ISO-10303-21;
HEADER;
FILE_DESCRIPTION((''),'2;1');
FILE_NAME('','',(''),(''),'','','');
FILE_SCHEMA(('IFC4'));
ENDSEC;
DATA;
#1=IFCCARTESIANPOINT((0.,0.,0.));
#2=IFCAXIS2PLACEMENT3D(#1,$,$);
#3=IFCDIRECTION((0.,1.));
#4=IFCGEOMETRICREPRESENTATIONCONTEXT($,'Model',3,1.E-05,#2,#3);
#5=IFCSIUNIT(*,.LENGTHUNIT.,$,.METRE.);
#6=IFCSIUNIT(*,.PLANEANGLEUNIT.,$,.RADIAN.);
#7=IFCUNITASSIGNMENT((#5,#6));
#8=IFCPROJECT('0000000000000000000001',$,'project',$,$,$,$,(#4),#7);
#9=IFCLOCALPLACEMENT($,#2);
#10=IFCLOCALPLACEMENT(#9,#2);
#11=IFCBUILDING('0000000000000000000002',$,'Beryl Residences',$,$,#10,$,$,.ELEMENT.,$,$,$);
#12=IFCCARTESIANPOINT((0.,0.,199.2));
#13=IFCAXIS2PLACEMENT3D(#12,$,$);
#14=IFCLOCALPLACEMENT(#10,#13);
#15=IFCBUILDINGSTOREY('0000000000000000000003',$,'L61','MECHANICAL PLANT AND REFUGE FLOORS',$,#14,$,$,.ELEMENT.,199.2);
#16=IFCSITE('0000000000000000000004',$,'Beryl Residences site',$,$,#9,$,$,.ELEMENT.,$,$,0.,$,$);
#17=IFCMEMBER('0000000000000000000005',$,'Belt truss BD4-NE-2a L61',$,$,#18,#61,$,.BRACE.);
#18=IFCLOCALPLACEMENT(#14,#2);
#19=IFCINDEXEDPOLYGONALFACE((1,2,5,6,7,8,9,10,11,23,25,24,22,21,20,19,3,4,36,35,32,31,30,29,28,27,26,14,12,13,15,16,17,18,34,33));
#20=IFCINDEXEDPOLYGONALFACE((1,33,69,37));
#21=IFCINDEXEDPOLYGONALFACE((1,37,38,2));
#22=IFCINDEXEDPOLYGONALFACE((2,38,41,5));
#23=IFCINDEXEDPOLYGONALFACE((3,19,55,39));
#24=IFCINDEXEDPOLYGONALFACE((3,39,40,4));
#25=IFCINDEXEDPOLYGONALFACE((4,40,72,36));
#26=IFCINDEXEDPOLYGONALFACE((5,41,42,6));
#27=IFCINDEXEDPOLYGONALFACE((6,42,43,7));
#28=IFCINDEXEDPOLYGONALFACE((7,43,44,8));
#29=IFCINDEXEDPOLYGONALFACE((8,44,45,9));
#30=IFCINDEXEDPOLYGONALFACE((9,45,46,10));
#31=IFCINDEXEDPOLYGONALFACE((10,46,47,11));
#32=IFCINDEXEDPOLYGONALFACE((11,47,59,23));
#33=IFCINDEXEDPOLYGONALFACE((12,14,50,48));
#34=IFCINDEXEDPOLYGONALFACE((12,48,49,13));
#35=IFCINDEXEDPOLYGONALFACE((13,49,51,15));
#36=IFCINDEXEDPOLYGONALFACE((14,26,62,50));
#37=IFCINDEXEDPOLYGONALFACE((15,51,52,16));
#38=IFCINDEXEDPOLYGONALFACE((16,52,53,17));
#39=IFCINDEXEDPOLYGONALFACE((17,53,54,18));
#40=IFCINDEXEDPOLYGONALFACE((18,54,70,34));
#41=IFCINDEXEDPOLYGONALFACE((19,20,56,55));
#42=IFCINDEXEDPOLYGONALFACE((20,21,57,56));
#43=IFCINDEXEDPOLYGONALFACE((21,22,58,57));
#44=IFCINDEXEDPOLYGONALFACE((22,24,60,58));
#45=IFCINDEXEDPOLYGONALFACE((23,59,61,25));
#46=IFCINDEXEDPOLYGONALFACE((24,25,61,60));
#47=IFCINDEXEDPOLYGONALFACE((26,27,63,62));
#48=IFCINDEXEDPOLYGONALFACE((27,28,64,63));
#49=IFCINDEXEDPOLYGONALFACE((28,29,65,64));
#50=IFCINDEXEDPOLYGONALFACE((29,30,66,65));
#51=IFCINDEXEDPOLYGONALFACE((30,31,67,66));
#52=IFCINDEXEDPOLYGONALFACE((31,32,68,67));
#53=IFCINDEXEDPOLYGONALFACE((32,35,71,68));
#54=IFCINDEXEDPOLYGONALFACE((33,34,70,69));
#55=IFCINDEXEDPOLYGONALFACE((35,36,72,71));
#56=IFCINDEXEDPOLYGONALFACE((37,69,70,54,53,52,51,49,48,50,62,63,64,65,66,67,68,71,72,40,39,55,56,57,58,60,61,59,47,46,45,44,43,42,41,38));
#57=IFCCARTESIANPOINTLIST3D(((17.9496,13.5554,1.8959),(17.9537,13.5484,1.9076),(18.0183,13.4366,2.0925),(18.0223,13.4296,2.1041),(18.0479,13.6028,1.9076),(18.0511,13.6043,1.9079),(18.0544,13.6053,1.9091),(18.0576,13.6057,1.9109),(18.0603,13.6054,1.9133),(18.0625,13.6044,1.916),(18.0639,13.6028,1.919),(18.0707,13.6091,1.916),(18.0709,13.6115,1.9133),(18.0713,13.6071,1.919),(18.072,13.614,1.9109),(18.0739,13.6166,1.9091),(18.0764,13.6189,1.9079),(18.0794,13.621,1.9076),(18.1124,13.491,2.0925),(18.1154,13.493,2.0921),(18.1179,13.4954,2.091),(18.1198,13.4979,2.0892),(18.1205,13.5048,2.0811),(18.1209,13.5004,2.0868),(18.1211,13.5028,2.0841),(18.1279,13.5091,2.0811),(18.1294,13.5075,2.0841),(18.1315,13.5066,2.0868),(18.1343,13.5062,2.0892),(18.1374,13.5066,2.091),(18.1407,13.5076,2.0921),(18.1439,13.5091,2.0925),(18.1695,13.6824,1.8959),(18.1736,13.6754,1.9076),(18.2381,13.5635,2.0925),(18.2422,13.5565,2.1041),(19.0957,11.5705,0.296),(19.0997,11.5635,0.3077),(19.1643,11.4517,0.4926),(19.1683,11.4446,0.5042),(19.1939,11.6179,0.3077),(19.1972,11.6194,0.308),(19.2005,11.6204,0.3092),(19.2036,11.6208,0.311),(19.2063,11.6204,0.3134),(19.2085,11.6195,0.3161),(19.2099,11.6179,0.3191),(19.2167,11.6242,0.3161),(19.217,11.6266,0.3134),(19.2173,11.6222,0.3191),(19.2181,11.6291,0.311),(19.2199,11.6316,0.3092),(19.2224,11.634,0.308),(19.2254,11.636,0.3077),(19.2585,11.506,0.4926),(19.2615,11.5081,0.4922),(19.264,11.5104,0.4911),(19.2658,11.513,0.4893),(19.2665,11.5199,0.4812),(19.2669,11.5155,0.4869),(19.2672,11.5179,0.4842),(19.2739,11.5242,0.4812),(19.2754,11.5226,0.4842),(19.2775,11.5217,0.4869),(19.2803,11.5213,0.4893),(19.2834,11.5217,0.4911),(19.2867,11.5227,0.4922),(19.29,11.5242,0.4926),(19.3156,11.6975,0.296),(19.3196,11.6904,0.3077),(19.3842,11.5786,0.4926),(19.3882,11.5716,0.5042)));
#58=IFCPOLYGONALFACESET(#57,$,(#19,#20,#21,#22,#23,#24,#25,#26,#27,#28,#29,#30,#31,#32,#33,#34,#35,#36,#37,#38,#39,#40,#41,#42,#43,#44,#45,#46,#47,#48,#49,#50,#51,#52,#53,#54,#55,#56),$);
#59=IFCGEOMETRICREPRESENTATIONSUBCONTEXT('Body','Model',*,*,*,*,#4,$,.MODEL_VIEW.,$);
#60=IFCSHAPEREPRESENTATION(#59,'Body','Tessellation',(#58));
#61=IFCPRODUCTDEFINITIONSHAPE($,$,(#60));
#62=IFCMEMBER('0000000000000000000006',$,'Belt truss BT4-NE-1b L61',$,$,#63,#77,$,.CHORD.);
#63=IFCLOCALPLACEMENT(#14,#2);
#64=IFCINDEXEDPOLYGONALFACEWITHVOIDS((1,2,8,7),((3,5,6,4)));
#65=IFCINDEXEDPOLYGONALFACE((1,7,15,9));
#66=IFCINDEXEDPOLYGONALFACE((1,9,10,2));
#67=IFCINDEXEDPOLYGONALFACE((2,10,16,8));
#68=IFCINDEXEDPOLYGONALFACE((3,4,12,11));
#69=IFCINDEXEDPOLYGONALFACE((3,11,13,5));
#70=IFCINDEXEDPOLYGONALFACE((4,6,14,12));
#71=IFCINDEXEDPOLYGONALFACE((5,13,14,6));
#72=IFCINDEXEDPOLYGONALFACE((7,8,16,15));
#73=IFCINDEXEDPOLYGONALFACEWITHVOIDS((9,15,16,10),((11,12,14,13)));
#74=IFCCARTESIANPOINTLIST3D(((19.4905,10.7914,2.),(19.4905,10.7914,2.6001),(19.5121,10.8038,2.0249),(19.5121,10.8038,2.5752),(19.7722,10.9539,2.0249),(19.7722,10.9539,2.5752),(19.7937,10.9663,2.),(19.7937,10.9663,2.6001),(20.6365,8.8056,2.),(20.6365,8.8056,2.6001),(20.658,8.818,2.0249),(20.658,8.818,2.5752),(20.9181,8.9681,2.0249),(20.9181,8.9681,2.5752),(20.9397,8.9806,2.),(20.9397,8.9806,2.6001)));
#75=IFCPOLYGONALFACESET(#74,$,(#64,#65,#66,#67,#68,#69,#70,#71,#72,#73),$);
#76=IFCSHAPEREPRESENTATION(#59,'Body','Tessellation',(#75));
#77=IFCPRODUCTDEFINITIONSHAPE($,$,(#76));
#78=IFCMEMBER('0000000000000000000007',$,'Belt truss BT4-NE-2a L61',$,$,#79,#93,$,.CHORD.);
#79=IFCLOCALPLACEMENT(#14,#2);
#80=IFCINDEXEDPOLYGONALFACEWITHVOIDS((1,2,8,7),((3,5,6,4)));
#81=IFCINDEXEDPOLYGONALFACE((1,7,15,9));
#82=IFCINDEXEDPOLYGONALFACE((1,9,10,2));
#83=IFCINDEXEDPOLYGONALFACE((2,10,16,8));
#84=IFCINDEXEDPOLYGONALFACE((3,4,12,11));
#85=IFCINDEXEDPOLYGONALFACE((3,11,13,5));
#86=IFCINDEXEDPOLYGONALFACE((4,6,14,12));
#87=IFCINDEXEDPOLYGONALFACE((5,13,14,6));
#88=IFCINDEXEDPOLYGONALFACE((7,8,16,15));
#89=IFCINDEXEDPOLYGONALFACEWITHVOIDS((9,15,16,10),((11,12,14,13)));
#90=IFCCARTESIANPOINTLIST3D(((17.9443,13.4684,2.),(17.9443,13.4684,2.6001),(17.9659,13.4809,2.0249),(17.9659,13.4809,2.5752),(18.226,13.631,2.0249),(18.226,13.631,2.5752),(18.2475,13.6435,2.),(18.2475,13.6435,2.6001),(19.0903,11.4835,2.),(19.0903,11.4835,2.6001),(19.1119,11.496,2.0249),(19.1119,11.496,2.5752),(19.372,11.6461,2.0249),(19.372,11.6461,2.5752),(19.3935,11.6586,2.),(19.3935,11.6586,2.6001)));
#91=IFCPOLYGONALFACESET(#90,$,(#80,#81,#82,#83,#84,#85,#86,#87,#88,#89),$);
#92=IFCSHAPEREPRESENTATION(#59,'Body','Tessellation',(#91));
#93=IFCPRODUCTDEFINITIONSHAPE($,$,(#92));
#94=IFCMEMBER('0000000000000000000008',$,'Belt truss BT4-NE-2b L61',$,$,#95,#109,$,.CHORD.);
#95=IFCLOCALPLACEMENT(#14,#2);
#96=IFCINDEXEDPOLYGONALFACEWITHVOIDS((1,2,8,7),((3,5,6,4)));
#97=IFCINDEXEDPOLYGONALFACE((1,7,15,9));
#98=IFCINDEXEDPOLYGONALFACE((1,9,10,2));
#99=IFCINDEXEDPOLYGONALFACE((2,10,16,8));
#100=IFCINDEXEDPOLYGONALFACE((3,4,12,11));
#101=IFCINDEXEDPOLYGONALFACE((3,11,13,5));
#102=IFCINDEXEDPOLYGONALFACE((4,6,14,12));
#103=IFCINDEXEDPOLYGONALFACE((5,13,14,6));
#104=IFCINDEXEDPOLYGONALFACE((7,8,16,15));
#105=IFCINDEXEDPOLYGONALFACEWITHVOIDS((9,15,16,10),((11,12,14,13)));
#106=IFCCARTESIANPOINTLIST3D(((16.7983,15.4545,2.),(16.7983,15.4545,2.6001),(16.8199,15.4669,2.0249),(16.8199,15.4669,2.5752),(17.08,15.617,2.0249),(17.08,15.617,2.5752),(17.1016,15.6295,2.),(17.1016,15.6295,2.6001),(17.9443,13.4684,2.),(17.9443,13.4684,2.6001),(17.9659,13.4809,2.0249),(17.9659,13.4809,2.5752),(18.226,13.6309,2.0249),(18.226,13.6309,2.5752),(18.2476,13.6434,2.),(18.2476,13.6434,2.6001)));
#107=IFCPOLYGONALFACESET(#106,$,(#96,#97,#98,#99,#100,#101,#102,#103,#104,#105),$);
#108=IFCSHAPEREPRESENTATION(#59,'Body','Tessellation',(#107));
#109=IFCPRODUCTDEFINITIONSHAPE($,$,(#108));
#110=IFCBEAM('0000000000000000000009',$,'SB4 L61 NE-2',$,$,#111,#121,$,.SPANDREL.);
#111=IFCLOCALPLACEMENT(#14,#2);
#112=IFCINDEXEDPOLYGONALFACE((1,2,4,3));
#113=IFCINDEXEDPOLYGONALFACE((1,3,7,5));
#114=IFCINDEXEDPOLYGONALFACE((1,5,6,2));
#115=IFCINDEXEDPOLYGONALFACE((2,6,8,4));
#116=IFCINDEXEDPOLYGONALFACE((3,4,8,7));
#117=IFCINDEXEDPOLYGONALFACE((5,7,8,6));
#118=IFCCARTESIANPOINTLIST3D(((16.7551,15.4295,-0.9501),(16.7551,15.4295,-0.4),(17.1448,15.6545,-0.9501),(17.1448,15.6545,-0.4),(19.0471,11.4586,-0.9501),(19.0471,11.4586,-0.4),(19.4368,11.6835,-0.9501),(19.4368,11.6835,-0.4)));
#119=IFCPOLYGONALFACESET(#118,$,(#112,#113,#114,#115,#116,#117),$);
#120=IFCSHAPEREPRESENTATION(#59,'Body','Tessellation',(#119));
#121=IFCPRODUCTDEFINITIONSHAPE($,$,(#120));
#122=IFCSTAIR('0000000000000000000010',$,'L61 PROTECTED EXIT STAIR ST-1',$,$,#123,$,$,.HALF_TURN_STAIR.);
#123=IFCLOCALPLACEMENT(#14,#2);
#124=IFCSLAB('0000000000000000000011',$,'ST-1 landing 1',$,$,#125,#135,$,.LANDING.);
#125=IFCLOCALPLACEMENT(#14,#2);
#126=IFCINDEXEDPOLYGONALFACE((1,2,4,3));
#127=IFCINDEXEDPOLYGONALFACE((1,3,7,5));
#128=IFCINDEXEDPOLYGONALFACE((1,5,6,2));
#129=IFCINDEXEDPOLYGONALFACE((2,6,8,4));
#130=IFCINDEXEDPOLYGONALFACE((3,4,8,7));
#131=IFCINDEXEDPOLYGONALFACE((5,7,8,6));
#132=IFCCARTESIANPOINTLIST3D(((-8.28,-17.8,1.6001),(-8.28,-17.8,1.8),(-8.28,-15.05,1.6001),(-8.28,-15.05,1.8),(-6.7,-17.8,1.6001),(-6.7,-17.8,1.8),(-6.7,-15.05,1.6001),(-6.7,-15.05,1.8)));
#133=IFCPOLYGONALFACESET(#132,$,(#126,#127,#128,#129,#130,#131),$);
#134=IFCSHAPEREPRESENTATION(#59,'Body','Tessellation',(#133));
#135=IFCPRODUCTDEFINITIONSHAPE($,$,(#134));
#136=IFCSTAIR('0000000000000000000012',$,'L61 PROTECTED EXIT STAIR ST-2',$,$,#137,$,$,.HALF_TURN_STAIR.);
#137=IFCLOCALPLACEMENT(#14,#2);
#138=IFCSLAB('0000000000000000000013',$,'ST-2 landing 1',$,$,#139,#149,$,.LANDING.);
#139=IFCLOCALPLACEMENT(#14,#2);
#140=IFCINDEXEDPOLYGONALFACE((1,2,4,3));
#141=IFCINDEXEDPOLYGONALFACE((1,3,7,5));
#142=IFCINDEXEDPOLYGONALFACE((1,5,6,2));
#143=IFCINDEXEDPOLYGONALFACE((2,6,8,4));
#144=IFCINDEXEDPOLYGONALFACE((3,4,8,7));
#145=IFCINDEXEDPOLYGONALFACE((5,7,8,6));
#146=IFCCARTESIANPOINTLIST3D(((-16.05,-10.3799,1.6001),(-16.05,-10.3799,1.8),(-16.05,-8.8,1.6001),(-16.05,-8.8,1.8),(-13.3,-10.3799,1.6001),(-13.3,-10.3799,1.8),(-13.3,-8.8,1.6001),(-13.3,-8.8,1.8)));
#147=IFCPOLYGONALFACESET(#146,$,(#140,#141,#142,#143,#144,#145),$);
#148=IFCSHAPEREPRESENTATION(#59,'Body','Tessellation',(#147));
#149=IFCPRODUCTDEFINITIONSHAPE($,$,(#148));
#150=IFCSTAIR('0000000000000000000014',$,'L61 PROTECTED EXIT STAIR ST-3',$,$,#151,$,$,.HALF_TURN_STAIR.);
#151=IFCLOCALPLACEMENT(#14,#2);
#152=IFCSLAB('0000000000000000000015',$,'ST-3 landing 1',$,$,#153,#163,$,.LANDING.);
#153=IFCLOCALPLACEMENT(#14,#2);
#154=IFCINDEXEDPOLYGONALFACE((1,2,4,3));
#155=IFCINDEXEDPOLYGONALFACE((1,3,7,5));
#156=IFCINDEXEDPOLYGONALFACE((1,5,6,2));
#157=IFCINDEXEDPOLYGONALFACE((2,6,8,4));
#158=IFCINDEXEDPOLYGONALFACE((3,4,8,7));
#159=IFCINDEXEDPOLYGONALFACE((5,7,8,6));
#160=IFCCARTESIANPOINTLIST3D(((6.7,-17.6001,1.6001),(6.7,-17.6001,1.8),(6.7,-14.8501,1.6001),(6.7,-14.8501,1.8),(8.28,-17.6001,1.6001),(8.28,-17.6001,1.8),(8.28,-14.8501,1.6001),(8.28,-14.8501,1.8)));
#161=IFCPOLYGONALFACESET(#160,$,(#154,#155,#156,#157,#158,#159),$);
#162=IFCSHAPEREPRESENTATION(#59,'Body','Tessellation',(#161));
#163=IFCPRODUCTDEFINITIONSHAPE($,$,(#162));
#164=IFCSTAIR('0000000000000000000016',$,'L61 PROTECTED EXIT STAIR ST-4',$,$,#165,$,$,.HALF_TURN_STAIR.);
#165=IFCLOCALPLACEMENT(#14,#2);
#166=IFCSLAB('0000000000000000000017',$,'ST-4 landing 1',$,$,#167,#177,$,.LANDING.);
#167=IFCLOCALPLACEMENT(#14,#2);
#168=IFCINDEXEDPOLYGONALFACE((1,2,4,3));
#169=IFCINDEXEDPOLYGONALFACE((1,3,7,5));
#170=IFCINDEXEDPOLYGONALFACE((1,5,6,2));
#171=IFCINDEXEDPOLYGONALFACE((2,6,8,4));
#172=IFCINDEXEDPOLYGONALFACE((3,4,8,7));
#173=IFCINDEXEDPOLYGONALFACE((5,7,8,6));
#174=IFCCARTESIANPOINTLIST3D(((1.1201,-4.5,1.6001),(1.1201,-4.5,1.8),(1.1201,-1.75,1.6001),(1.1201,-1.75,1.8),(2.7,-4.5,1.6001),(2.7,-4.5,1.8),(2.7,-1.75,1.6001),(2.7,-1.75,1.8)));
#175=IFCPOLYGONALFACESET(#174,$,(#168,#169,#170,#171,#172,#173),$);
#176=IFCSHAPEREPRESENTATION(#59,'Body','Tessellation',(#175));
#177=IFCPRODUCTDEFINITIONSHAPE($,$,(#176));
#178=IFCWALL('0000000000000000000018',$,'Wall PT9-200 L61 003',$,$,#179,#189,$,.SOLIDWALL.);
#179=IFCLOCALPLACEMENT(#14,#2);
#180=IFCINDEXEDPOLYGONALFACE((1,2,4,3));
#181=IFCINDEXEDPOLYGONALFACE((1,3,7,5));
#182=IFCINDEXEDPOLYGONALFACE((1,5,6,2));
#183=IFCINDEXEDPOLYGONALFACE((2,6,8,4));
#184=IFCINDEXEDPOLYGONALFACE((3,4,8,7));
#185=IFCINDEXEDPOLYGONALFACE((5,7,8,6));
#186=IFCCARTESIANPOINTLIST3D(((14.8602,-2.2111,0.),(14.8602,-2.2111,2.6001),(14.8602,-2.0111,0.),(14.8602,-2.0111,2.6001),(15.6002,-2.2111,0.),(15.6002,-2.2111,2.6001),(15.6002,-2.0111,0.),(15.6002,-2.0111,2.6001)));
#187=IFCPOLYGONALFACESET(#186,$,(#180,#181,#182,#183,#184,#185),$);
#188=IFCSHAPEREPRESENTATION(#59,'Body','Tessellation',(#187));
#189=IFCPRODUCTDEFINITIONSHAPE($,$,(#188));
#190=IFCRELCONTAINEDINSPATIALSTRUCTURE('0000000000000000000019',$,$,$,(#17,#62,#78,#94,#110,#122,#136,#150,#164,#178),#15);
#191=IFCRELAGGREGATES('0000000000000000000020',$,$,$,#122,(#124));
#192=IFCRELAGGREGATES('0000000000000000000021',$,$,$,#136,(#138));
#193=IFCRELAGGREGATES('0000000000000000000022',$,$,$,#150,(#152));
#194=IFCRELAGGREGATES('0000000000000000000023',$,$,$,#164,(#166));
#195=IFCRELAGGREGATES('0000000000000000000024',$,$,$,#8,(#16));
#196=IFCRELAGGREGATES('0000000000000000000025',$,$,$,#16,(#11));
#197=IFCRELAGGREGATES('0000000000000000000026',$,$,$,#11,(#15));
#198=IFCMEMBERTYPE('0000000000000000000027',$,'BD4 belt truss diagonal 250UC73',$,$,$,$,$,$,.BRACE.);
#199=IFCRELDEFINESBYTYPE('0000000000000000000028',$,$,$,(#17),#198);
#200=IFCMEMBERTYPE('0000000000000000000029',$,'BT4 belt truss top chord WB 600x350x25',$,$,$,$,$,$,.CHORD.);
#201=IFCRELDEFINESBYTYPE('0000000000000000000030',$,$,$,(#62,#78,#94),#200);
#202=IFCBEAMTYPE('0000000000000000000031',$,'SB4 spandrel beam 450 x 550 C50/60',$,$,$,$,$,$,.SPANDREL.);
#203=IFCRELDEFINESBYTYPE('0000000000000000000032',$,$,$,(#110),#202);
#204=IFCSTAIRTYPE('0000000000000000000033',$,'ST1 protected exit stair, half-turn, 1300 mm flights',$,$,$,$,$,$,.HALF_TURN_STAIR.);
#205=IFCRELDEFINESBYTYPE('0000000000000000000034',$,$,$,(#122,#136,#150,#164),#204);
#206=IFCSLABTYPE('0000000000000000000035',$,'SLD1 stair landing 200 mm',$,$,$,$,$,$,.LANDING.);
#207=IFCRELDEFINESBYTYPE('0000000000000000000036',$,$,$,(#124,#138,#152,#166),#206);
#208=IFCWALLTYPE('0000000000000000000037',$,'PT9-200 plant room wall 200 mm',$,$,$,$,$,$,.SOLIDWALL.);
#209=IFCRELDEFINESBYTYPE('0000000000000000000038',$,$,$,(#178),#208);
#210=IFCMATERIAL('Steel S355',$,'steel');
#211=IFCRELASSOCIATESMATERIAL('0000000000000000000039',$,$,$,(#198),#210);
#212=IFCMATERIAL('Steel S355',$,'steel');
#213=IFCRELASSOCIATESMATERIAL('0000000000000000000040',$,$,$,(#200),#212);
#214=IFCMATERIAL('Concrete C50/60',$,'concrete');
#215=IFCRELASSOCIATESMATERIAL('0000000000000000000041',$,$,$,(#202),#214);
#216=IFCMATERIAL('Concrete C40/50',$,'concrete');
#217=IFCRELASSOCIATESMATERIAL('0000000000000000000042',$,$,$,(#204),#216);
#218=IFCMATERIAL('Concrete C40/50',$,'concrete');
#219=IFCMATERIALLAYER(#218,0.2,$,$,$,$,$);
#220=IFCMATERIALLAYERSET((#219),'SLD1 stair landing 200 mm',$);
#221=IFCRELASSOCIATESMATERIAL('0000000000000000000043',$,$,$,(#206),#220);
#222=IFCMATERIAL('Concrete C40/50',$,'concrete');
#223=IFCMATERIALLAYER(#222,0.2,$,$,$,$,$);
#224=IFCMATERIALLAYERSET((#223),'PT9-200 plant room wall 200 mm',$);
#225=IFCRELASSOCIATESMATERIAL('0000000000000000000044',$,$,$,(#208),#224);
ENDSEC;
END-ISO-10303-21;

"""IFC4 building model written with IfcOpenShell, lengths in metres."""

from ifc_helpers import new_model, si_unit, direction, frame, frame_2d, origin, origin_2d, place, context, subcontext, project, spatial, polyline, rectangle, hollow_rectangle, i_section, outline, extrude, material, layer, layer_set, material_profile, profile_set, type_object, element, aggregate, save


model = new_model("IFC4")

# Units and contexts
model_context = context("Model", 3, precision=1e-05, world=origin(), true_north=direction((0.0, 1.0)))
body_context = subcontext(model_context, "Body", "Model", "MODEL_VIEW")
ifc_project = project(units=[si_unit("LENGTHUNIT", "METRE"), si_unit("PLANEANGLEUNIT", "RADIAN")], contexts=[model_context])

# Site, building, storey
site_placement = place(None, origin())
site = spatial("IfcSite", under=ifc_project, at=site_placement, Name="Beryl Residences site", CompositionType="ELEMENT", RefElevation=0.0)
building_placement = place(site_placement, origin())
building = spatial("IfcBuilding", under=site, at=building_placement, Name="Beryl Residences", CompositionType="ELEMENT")
storey_placement = place(building_placement, frame((0.0, 0.0, 199.2)))
storey = spatial("IfcBuildingStorey", under=building, at=storey_placement, Name="L61", Description="MECHANICAL PLANT AND REFUGE FLOORS", CompositionType="ELEMENT", Elevation=199.2)

# Members
ifc_material_1 = material(Name="Steel S355", Category="steel")
ifc_material_profile_1 = material_profile(ifc_material_1, i_section(OverallWidth=0.2539, OverallDepth=0.2539, WebThickness=0.0085, FlangeThickness=0.0142, FilletRadius=0.0139, at=origin_2d()))
ifc_profile_set_1 = profile_set([ifc_material_profile_1], Name="Steel S355")
member_type_1 = type_object("IfcMemberType", Name="BD4 belt truss diagonal 250UC73", PredefinedType="BRACE", material=ifc_profile_set_1)
member_1_placement = place(storey_placement, frame((19.2419, 11.571, 0.4001), z_axis=(-0.410003, 0.710125, 0.57238), x_axis=(-0.866019, -0.500011, 0.0)))
element("IfcMember", 1, at=member_1_placement, inside=storey, type_object=member_type_1, Name="Belt truss BD4-NE-2a L61", PredefinedType="BRACE", context=body_context, shape_type="SweptSolid", body=[
    extrude(i_section(OverallWidth=0.2539, OverallDepth=0.2539, WebThickness=0.0085, FlangeThickness=0.0142, FilletRadius=0.0139, at=origin_2d()), origin(), (0.0, 0.0, 1.0), 2.7952),
])
ifc_material_2 = material(Name="Steel S355", Category="steel")
ifc_material_profile_2 = material_profile(ifc_material_2, hollow_rectangle(XDim=0.3501, YDim=0.6001, WallThickness=0.0249, at=origin_2d()))
ifc_profile_set_2 = profile_set([ifc_material_profile_2], Name="Steel S355")
member_type_2 = type_object("IfcMemberType", Name="BT4 belt truss top chord WB 600x350x25", PredefinedType="CHORD", material=ifc_profile_set_2)
member_2_placement = place(storey_placement, frame((20.7881, 8.8931, 2.3), z_axis=(-0.499827, 0.866125, 0.0), x_axis=(-0.866125, -0.499827, 0.0)))
element("IfcMember", 2, at=member_2_placement, inside=storey, type_object=member_type_2, Name="Belt truss BT4-NE-1b L61", PredefinedType="CHORD", context=body_context, shape_type="SweptSolid", body=[
    extrude(hollow_rectangle(XDim=0.3501, YDim=0.6001, WallThickness=0.0249, at=origin_2d()), origin(), (0.0, 0.0, 1.0), 2.2927),
])
member_3_placement = place(storey_placement, frame((19.2419, 11.571, 2.3), z_axis=(-0.500011, 0.866019, 0.0), x_axis=(-0.866019, -0.500011, 0.0)))
element("IfcMember", 3, at=member_3_placement, inside=storey, type_object=member_type_2, Name="Belt truss BT4-NE-2a L61", PredefinedType="CHORD", context=body_context, shape_type="SweptSolid", body=[
    extrude(hollow_rectangle(XDim=0.3501, YDim=0.6001, WallThickness=0.0249, at=origin_2d()), origin(), (0.0, 0.0, 1.0), 2.292),
])
member_4_placement = place(storey_placement, frame((18.0959, 13.5559, 2.3), z_axis=(-0.499781, 0.866152, 0.0), x_axis=(-0.866152, -0.499781, 0.0)))
element("IfcMember", 4, at=member_4_placement, inside=storey, type_object=member_type_2, Name="Belt truss BT4-NE-2b L61", PredefinedType="CHORD", context=body_context, shape_type="SweptSolid", body=[
    extrude(hollow_rectangle(XDim=0.3501, YDim=0.6001, WallThickness=0.0249, at=origin_2d()), origin(), (0.0, 0.0, 1.0), 2.293),
])

# Beam
ifc_material_3 = material(Name="Concrete C50/60", Category="concrete")
ifc_material_profile_3 = material_profile(ifc_material_3, rectangle(XDim=0.45, YDim=0.55, at=origin_2d()))
ifc_profile_set_3 = profile_set([ifc_material_profile_3], Name="Concrete C50/60")
beam_type = type_object("IfcBeamType", Name="SB4 spandrel beam 450 x 550 C50/60", PredefinedType="SPANDREL", material=ifc_profile_set_3)
beam_placement = place(storey_placement, frame((19.2419, 11.571, -0.675), z_axis=(-0.499896, 0.866085, 0.0), x_axis=(-0.866085, -0.499896, 0.0)))
element("IfcBeam", 5, at=beam_placement, inside=storey, type_object=beam_type, Name="SB4 L61 NE-2", PredefinedType="SPANDREL", context=body_context, shape_type="SweptSolid", body=[
    extrude(rectangle(XDim=0.45, YDim=0.55, at=origin_2d()), origin(), (0.0, 0.0, 1.0), 4.585),
])

# Stairs, slabs
ifc_material_4 = material(Name="Concrete C40/50", Category="concrete")
stair_type = type_object("IfcStairType", Name="ST1 protected exit stair, half-turn, 1300 mm flights", PredefinedType="HALF_TURN_STAIR", material=ifc_material_4)
stair_1_placement = place(storey_placement, origin())
stair_1 = element("IfcStair", 6, at=stair_1_placement, inside=storey, type_object=stair_type, Name="L61 PROTECTED EXIT STAIR ST-1", PredefinedType="HALF_TURN_STAIR")
ifc_material_5 = material(Name="Concrete C40/50", Category="concrete")
ifc_layer_1 = layer(ifc_material_5, 0.2)
ifc_layer_set_1 = layer_set([ifc_layer_1], Name="SLD1 stair landing 200 mm")
slab_type_1 = type_object("IfcSlabType", Name="SLD1 stair landing 200 mm", PredefinedType="LANDING", material=ifc_layer_set_1)
slab_1_placement = place(storey_placement, frame((0.0, 0.0, 1.6001)))
slab_1 = element("IfcSlab", 7, at=slab_1_placement, type_object=slab_type_1, Name="ST-1 landing 1", PredefinedType="LANDING", context=body_context, shape_type="SweptSolid", body=[
    extrude(outline(polyline([(-8.28, -17.8), (-6.7, -17.8), (-6.7, -15.05), (-8.28, -15.05), (-8.28, -17.8)])), origin(), (0.0, 0.0, 1.0), 0.2),
])
aggregate(stair_1, [slab_1])
stair_2_placement = place(storey_placement, origin())
stair_2 = element("IfcStair", 8, at=stair_2_placement, inside=storey, type_object=stair_type, Name="L61 PROTECTED EXIT STAIR ST-2", PredefinedType="HALF_TURN_STAIR")
slab_2_placement = place(storey_placement, frame((0.0, 0.0, 1.6001)))
slab_2 = element("IfcSlab", 9, at=slab_2_placement, type_object=slab_type_1, Name="ST-2 landing 1", PredefinedType="LANDING", context=body_context, shape_type="SweptSolid", body=[
    extrude(outline(polyline([(-13.3, -10.3799), (-13.3, -8.8), (-16.05, -8.8), (-16.05, -10.3799), (-13.3, -10.3799)])), origin(), (0.0, 0.0, 1.0), 0.2),
])
aggregate(stair_2, [slab_2])
stair_3_placement = place(storey_placement, origin())
stair_3 = element("IfcStair", 10, at=stair_3_placement, inside=storey, type_object=stair_type, Name="L61 PROTECTED EXIT STAIR ST-3", PredefinedType="HALF_TURN_STAIR")
slab_3_placement = place(storey_placement, frame((0.0, 0.0, 1.6001)))
slab_3 = element("IfcSlab", 11, at=slab_3_placement, type_object=slab_type_1, Name="ST-3 landing 1", PredefinedType="LANDING", context=body_context, shape_type="SweptSolid", body=[
    extrude(outline(polyline([(8.28, -14.8501), (6.7, -14.8501), (6.7, -17.6001), (8.28, -17.6001), (8.28, -14.8501)])), origin(), (0.0, 0.0, 1.0), 0.2),
])
aggregate(stair_3, [slab_3])
stair_4_placement = place(storey_placement, origin())
stair_4 = element("IfcStair", 12, at=stair_4_placement, inside=storey, type_object=stair_type, Name="L61 PROTECTED EXIT STAIR ST-4", PredefinedType="HALF_TURN_STAIR")
slab_4_placement = place(storey_placement, frame((0.0, 0.0, 1.6001)))
slab_4 = element("IfcSlab", 13, at=slab_4_placement, type_object=slab_type_1, Name="ST-4 landing 1", PredefinedType="LANDING", context=body_context, shape_type="SweptSolid", body=[
    extrude(outline(polyline([(1.1201, -4.5), (2.7, -4.5), (2.7, -1.75), (1.1201, -1.75), (1.1201, -4.5)])), origin(), (0.0, 0.0, 1.0), 0.2),
])
aggregate(stair_4, [slab_4])

# Wall
ifc_material_6 = material(Name="Concrete C40/50", Category="concrete")
ifc_layer_2 = layer(ifc_material_6, 0.2)
ifc_layer_set_2 = layer_set([ifc_layer_2], Name="PT9-200 plant room wall 200 mm")
wall_type = type_object("IfcWallType", Name="PT9-200 plant room wall 200 mm", PredefinedType="SOLIDWALL", material=ifc_layer_set_2)
wall_1_placement = place(storey_placement, frame((14.8601, -2.1111, 0.0), z_axis=(0.0, 0.0, 1.0), x_axis=(1.0, 0.0, 0.0)))
element("IfcWall", 14, at=wall_1_placement, inside=storey, type_object=wall_type, Name="Wall PT9-200 L61 003", PredefinedType="SOLIDWALL", context=body_context, shape_type="SweptSolid", body=[
    extrude(rectangle(XDim=0.74, YDim=0.2, at=frame_2d((0.3701, 0.0))), origin(), (0.0, 0.0, 1.0), 2.6001),
])

save(model, "model.ifc")
